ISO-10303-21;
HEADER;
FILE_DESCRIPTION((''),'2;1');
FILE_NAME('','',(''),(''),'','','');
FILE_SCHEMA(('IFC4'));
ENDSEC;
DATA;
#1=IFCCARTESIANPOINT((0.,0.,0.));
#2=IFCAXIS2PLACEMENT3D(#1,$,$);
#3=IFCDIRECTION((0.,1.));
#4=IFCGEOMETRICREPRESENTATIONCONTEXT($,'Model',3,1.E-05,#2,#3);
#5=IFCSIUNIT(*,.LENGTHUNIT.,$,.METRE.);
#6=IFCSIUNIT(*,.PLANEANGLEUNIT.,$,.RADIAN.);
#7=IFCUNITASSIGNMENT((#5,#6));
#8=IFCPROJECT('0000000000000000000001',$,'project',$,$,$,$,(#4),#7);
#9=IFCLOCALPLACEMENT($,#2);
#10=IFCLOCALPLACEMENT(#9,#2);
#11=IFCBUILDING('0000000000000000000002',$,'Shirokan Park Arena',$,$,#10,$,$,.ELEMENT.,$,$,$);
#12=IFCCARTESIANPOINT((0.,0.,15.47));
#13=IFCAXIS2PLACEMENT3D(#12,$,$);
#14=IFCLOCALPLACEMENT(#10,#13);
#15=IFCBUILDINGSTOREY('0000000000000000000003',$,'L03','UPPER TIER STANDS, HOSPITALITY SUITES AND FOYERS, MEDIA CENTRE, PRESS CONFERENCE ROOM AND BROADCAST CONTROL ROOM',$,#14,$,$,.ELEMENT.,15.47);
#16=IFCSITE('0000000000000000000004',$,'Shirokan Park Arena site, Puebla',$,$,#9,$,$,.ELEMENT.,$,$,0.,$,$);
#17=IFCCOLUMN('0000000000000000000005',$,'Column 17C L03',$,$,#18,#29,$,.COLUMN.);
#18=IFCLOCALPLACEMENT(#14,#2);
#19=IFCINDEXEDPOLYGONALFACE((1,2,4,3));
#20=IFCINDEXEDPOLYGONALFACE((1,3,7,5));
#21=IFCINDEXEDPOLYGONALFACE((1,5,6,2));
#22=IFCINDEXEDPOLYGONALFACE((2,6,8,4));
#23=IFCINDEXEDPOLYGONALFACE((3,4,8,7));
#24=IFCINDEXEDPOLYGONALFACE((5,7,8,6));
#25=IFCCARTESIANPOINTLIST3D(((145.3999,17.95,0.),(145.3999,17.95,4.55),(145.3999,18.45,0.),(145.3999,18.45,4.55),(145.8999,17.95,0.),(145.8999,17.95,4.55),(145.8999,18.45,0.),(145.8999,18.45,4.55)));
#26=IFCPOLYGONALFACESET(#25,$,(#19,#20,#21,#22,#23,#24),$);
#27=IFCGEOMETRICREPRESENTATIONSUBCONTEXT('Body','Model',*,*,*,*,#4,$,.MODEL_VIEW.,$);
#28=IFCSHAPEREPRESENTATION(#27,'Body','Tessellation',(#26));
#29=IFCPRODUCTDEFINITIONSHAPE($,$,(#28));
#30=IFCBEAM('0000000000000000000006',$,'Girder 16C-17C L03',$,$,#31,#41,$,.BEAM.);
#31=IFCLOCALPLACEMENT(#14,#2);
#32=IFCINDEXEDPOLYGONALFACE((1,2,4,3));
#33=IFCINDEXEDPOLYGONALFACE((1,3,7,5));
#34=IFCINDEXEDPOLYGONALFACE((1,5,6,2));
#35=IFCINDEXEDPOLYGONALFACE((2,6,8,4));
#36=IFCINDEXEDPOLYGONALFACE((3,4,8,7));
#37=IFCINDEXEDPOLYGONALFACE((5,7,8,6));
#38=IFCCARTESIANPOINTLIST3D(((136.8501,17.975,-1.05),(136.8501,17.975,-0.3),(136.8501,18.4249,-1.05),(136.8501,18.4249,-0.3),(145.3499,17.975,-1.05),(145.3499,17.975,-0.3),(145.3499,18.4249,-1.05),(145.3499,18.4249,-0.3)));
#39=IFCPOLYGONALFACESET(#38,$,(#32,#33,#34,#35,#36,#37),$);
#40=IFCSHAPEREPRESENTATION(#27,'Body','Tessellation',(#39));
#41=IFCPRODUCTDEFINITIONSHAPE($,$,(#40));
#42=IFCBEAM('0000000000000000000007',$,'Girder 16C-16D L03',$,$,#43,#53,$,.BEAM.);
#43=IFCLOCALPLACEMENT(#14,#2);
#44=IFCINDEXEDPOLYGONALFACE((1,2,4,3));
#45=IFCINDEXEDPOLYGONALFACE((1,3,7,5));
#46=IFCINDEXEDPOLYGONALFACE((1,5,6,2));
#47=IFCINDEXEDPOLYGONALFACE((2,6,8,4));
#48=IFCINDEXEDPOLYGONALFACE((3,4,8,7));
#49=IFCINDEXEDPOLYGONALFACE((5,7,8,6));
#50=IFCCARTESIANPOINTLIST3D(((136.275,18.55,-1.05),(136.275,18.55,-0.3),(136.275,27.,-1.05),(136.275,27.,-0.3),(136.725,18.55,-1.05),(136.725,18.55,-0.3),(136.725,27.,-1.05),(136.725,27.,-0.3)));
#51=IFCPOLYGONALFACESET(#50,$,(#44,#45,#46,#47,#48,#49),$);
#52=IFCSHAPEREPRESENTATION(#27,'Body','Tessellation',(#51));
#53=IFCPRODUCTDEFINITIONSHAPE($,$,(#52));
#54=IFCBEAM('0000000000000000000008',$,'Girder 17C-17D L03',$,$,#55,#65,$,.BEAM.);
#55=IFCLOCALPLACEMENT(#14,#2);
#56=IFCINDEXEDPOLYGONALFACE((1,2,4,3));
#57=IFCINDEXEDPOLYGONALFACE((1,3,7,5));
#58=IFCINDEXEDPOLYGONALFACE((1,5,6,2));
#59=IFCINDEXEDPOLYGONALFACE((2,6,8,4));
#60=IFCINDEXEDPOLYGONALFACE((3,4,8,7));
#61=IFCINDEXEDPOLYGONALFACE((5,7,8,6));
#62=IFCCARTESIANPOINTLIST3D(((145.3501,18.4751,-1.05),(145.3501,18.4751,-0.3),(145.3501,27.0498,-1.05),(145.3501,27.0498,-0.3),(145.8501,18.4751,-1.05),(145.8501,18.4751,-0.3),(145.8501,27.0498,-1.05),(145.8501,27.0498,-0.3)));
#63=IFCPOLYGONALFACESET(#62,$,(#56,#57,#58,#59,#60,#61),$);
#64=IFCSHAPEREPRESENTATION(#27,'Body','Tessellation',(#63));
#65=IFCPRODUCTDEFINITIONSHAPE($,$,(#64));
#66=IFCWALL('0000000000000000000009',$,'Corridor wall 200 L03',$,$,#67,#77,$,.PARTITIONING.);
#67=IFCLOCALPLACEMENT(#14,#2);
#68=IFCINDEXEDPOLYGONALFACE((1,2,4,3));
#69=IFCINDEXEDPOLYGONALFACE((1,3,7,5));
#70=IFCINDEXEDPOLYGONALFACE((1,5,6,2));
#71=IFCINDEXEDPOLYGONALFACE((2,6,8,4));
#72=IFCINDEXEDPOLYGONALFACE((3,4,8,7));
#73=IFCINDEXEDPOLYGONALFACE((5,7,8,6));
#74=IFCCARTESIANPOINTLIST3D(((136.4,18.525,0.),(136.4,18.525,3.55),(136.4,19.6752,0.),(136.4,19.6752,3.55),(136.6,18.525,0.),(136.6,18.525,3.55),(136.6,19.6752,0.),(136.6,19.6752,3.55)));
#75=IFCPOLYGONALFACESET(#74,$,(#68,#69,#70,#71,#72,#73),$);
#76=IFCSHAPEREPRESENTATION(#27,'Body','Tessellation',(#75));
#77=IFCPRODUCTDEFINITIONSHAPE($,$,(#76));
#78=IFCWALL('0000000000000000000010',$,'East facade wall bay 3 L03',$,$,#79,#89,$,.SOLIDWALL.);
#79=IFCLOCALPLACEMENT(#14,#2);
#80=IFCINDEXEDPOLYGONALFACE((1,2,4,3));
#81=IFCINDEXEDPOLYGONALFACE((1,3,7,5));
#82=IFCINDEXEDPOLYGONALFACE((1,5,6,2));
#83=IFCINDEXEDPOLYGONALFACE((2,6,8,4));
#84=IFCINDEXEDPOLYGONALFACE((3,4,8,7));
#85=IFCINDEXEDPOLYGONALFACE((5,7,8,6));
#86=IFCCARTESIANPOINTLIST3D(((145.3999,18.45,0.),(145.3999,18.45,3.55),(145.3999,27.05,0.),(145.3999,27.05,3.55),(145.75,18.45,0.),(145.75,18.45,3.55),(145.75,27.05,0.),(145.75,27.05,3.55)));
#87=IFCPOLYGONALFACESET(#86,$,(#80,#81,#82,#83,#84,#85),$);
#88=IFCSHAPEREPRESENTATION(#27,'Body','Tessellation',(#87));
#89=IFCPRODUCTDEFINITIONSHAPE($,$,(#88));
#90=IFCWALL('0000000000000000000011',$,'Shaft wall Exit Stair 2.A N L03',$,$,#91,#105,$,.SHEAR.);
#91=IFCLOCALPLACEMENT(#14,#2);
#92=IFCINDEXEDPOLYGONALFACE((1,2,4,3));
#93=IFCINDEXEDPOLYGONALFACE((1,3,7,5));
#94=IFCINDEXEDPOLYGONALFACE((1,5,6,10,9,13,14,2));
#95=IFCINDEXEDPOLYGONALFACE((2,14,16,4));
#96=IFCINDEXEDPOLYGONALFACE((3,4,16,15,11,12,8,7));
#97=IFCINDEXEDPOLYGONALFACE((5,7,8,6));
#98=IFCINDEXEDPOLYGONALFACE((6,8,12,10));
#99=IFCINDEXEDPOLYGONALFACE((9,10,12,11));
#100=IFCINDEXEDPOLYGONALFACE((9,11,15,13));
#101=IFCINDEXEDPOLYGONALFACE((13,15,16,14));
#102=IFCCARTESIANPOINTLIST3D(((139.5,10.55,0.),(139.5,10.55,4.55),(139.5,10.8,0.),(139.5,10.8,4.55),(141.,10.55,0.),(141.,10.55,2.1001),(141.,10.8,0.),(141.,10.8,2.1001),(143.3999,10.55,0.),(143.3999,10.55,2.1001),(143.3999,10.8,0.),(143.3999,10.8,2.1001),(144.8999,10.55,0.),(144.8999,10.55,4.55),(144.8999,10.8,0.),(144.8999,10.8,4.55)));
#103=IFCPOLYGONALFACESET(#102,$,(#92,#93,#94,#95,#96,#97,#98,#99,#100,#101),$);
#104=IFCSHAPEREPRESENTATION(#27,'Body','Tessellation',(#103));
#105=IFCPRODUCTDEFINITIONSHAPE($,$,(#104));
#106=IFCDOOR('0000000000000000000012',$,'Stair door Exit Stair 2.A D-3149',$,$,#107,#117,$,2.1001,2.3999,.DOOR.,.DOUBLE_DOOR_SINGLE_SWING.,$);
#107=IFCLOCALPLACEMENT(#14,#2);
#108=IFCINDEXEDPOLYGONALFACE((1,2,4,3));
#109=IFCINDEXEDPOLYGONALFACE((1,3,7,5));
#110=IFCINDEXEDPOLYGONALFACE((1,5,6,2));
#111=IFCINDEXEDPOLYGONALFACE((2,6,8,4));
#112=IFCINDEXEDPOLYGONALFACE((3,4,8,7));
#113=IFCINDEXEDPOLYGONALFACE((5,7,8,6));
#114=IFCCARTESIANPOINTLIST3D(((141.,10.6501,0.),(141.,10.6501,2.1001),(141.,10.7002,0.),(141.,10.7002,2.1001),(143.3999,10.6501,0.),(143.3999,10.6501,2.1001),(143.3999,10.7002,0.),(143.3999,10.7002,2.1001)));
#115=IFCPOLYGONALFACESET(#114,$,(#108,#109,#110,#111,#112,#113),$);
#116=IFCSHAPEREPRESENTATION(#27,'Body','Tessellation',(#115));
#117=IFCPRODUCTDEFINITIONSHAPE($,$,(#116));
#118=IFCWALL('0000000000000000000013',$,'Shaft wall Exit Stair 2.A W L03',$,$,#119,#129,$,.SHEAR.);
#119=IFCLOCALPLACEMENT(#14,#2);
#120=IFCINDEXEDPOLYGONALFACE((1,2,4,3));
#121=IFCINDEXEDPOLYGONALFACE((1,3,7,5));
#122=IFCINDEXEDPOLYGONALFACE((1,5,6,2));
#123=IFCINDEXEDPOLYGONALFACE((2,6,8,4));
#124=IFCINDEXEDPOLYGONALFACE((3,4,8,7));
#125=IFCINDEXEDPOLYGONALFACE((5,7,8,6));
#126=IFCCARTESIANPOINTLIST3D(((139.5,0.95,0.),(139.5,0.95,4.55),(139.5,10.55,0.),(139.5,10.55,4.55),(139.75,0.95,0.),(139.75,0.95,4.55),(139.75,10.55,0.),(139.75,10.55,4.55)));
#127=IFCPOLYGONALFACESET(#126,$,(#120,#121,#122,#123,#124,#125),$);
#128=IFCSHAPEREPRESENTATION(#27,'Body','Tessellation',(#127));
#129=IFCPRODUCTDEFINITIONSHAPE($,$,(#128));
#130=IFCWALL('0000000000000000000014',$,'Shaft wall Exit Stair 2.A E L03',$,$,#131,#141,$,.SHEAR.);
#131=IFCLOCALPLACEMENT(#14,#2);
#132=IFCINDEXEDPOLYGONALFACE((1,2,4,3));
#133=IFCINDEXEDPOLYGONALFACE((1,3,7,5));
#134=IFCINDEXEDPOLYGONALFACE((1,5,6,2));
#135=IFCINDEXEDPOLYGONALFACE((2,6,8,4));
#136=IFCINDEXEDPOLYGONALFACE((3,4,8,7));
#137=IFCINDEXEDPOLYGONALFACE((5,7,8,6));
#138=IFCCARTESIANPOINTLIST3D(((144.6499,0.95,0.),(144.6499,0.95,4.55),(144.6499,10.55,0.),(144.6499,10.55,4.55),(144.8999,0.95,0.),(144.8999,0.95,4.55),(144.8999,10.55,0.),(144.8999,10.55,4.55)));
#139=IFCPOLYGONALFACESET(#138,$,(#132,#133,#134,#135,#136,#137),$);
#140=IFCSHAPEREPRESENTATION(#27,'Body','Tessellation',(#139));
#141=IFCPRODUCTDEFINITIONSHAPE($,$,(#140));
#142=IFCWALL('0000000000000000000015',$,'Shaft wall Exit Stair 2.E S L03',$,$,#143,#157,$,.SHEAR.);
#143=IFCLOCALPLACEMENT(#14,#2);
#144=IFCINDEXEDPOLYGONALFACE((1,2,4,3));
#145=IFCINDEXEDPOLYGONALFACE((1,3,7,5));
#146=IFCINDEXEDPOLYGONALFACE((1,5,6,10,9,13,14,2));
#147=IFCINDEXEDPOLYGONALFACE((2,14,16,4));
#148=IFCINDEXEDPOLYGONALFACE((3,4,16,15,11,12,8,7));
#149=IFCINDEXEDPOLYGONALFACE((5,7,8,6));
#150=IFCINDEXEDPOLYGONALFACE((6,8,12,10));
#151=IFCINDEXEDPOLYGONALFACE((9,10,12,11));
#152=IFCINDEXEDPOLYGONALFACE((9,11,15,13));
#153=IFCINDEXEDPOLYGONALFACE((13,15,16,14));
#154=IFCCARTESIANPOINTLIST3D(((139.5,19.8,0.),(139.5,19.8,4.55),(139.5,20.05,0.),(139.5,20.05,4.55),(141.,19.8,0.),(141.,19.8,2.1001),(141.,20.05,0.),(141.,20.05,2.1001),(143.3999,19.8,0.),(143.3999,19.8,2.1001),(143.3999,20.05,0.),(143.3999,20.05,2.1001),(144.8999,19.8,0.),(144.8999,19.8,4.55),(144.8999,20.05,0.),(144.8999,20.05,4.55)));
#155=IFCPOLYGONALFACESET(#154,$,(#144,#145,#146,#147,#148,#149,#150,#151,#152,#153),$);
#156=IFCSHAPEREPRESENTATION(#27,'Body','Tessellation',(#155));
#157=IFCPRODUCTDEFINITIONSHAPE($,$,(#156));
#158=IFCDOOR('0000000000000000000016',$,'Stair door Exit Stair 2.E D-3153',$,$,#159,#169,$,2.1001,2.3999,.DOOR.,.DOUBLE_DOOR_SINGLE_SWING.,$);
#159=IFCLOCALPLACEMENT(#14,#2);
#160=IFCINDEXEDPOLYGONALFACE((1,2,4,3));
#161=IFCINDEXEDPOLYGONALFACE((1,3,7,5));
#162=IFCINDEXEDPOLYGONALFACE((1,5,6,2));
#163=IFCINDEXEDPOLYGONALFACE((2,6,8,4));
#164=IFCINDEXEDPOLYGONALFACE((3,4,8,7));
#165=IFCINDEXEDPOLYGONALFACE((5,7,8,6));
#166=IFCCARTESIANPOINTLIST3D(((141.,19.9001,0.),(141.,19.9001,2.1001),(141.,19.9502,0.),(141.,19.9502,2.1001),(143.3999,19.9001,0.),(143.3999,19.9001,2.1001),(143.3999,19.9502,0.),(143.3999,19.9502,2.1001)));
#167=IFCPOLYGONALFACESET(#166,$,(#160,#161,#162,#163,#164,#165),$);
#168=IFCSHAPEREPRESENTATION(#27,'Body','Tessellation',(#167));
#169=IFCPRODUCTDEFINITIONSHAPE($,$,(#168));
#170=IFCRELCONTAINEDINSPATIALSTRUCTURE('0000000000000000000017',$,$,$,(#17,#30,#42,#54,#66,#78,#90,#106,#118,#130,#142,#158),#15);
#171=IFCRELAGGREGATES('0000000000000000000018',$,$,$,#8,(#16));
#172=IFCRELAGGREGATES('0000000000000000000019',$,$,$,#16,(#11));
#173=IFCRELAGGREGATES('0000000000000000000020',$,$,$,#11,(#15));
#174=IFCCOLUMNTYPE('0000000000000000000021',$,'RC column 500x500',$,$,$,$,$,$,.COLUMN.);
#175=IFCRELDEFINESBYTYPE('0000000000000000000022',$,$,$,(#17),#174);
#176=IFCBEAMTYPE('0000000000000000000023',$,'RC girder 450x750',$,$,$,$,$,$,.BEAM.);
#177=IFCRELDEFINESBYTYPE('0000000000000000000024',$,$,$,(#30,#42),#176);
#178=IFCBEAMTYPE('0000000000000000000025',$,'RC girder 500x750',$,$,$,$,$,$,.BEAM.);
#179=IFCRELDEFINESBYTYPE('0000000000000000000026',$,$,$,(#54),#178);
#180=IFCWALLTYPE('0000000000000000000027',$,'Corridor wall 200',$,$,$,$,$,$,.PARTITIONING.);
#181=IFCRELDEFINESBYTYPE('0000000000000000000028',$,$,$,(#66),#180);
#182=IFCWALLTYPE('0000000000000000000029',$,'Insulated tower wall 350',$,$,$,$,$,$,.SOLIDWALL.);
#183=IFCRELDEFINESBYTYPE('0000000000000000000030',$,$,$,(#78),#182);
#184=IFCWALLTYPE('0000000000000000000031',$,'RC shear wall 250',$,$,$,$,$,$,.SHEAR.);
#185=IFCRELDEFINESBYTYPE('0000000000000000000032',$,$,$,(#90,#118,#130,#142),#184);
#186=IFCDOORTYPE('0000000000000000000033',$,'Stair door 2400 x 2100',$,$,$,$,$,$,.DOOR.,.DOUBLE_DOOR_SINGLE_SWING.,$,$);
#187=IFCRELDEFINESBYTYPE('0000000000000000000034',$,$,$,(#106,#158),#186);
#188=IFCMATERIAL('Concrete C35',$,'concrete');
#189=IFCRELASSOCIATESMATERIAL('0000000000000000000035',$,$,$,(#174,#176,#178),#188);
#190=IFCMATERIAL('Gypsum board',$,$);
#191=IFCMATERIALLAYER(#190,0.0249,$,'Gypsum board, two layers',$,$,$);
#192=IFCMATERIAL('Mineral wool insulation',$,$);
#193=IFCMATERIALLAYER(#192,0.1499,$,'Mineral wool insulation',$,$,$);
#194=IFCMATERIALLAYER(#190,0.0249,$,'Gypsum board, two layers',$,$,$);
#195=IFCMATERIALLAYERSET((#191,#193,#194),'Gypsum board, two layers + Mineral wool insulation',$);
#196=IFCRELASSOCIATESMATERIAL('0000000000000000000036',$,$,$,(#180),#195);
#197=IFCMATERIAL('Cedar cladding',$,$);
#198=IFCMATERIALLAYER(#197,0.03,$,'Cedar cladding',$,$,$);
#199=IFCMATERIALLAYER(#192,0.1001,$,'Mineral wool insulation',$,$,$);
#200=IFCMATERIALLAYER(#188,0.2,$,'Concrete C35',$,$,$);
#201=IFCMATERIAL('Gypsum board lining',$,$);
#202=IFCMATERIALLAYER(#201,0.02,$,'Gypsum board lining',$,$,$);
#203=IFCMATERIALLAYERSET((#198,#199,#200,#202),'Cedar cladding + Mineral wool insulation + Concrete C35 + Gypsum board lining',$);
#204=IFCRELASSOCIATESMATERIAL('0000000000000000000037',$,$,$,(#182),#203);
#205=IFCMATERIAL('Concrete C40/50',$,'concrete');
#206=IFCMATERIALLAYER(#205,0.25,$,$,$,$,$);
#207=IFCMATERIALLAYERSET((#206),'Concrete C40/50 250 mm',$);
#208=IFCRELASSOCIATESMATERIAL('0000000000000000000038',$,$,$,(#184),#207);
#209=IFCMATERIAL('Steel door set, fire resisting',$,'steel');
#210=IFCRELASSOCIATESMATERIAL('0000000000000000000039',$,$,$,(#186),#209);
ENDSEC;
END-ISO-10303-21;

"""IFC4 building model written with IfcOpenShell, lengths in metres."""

from ifc_helpers import new_model, si_unit, direction, frame, frame_2d, origin, origin_2d, place, context, subcontext, project, spatial, rectangle, extrude, material, layer, layer_set, material_profile, profile_set, type_object, element, fill, save


model = new_model("IFC4")

# Units and contexts
model_context = context("Model", 3, precision=1e-05, world=origin(), true_north=direction((0.0, 1.0)))
body_context = subcontext(model_context, "Body", "Model", "MODEL_VIEW")
ifc_project = project(units=[si_unit("LENGTHUNIT", "METRE"), si_unit("PLANEANGLEUNIT", "RADIAN")], contexts=[model_context])

# Site, building, storey
site_placement = place(None, origin())
site = spatial("IfcSite", under=ifc_project, at=site_placement, Name="Shirokan Park Arena site, Puebla", CompositionType="ELEMENT", RefElevation=0.0)
building_placement = place(site_placement, origin())
building = spatial("IfcBuilding", under=site, at=building_placement, Name="Shirokan Park Arena", CompositionType="ELEMENT")
storey_placement = place(building_placement, frame((0.0, 0.0, 15.47)))
storey = spatial("IfcBuildingStorey", under=building, at=storey_placement, Name="L03", Description="UPPER TIER STANDS, HOSPITALITY SUITES AND FOYERS, MEDIA CENTRE, PRESS CONFERENCE ROOM AND BROADCAST CONTROL ROOM", CompositionType="ELEMENT", Elevation=15.47)

# Column
ifc_material_1 = material(Name="Concrete C35", Category="concrete")
ifc_material_profile_1 = material_profile(ifc_material_1, rectangle(XDim=0.5, YDim=0.5, at=origin_2d()), Name="500x500")
ifc_profile_set_1 = profile_set([ifc_material_profile_1], Name="Concrete C35")
column_type = type_object("IfcColumnType", Name="RC column 500x500", PredefinedType="COLUMN", material=ifc_profile_set_1)
column_placement = place(storey_placement, frame((145.6499, 18.2, 0.0), z_axis=(0.0, 0.0, 1.0), x_axis=(1.0, 0.0, 0.0)))
element("IfcColumn", 1, at=column_placement, inside=storey, type_object=column_type, Name="Column 17C L03", PredefinedType="COLUMN", context=body_context, shape_type="SweptSolid", body=[
    extrude(rectangle(XDim=0.5, YDim=0.5, at=origin_2d()), origin(), (0.0, 0.0, 1.0), 4.55),
])

# Beams
ifc_material_profile_2 = material_profile(ifc_material_1, rectangle(XDim=0.45, YDim=0.75, at=origin_2d()), Name="450x750")
ifc_profile_set_2 = profile_set([ifc_material_profile_2], Name="Concrete C35")
beam_type_1 = type_object("IfcBeamType", Name="RC girder 450x750", PredefinedType="BEAM", material=ifc_profile_set_2)
beam_1_placement = place(storey_placement, frame((136.8501, 18.2, -0.675), z_axis=(1.0, 0.0, 0.0), x_axis=(0.0, 1.0, 0.0)))
element("IfcBeam", 2, at=beam_1_placement, inside=storey, type_object=beam_type_1, Name="Girder 16C-17C L03", PredefinedType="BEAM", context=body_context, shape_type="SweptSolid", body=[
    extrude(rectangle(XDim=0.45, YDim=0.75, at=origin_2d()), origin(), (0.0, 0.0, 1.0), 8.4998),
])
beam_2_placement = place(storey_placement, frame((136.5, 18.55, -0.675), z_axis=(0.0, 1.0, 0.0), x_axis=(-1.0, 0.0, 0.0)))
element("IfcBeam", 3, at=beam_2_placement, inside=storey, type_object=beam_type_1, Name="Girder 16C-16D L03", PredefinedType="BEAM", context=body_context, shape_type="SweptSolid", body=[
    extrude(rectangle(XDim=0.45, YDim=0.75, at=origin_2d()), origin(), (0.0, 0.0, 1.0), 8.45),
])
ifc_material_profile_3 = material_profile(ifc_material_1, rectangle(XDim=0.5, YDim=0.75, at=origin_2d()), Name="500x750")
ifc_profile_set_3 = profile_set([ifc_material_profile_3], Name="Concrete C35")
beam_type_2 = type_object("IfcBeamType", Name="RC girder 500x750", PredefinedType="BEAM", material=ifc_profile_set_3)
beam_3_placement = place(storey_placement, frame((145.6001, 18.4751, -0.675), z_axis=(0.0, 1.0, 0.0), x_axis=(-1.0, 0.0, 0.0)))
element("IfcBeam", 4, at=beam_3_placement, inside=storey, type_object=beam_type_2, Name="Girder 17C-17D L03", PredefinedType="BEAM", context=body_context, shape_type="SweptSolid", body=[
    extrude(rectangle(XDim=0.5, YDim=0.75, at=origin_2d()), origin(), (0.0, 0.0, 1.0), 8.5747),
])

# Walls
ifc_material_2 = material(Name="Gypsum board")
ifc_layer_1 = layer(ifc_material_2, 0.0249, Name="Gypsum board, two layers")
ifc_material_3 = material(Name="Mineral wool insulation")
ifc_layer_2 = layer(ifc_material_3, 0.1499, Name="Mineral wool insulation")
ifc_layer_3 = layer(ifc_material_2, 0.0249, Name="Gypsum board, two layers")
ifc_layer_set_1 = layer_set([ifc_layer_1, ifc_layer_2, ifc_layer_3], Name="Gypsum board, two layers + Mineral wool insulation")
wall_type_1 = type_object("IfcWallType", Name="Corridor wall 200", PredefinedType="PARTITIONING", material=ifc_layer_set_1)
wall_1_placement = place(storey_placement, frame((136.5, 18.5249, 0.0), z_axis=(0.0, 0.0, 1.0), x_axis=(0.0, 1.0, 0.0)))
element("IfcWall", 5, at=wall_1_placement, inside=storey, type_object=wall_type_1, Name="Corridor wall 200 L03", PredefinedType="PARTITIONING", context=body_context, shape_type="SweptSolid", body=[
    extrude(rectangle(XDim=1.1501, YDim=0.2, at=frame_2d((0.5752, 0.0))), origin(), (0.0, 0.0, 1.0), 3.55),
])
ifc_material_4 = material(Name="Cedar cladding")
ifc_layer_4 = layer(ifc_material_4, 0.03, Name="Cedar cladding")
ifc_layer_5 = layer(ifc_material_3, 0.1001, Name="Mineral wool insulation")
ifc_layer_6 = layer(ifc_material_1, 0.2, Name="Concrete C35")
ifc_material_5 = material(Name="Gypsum board lining")
ifc_layer_7 = layer(ifc_material_5, 0.02, Name="Gypsum board lining")
ifc_layer_set_2 = layer_set([ifc_layer_4, ifc_layer_5, ifc_layer_6, ifc_layer_7], Name="Cedar cladding + Mineral wool insulation + Concrete C35 + Gypsum board lining")
wall_type_2 = type_object("IfcWallType", Name="Insulated tower wall 350", PredefinedType="SOLIDWALL", material=ifc_layer_set_2)
wall_2_placement = place(storey_placement, frame((145.575, 18.45, 0.0), z_axis=(0.0, 0.0, 1.0), x_axis=(0.0, 1.0, 0.0)))
element("IfcWall", 6, at=wall_2_placement, inside=storey, type_object=wall_type_2, Name="East facade wall bay 3 L03", PredefinedType="SOLIDWALL", context=body_context, shape_type="SweptSolid", body=[
    extrude(rectangle(XDim=8.6001, YDim=0.3501, at=frame_2d((4.3, 0.0))), origin(), (0.0, 0.0, 1.0), 3.55),
])

# Wall, opening, door
ifc_material_6 = material(Name="Concrete C40/50", Category="concrete")
ifc_layer_8 = layer(ifc_material_6, 0.25)
ifc_layer_set_3 = layer_set([ifc_layer_8], Name="Concrete C40/50 250 mm")
wall_type_3 = type_object("IfcWallType", Name="RC shear wall 250", PredefinedType="SHEAR", material=ifc_layer_set_3)
wall_3_placement = place(storey_placement, frame((144.8999, 10.675, 0.0), z_axis=(0.0, 0.0, 1.0), x_axis=(-1.0, 0.0, 0.0)))
wall_3 = element("IfcWall", 7, at=wall_3_placement, inside=storey, type_object=wall_type_3, Name="Shaft wall Exit Stair 2.A N L03", PredefinedType="SHEAR", context=body_context, shape_type="SweptSolid", body=[
    extrude(rectangle(XDim=5.3999, YDim=0.25, at=frame_2d((2.7, 0.0))), origin(), (0.0, 0.0, 1.0), 4.55),
])
opening_1_placement = place(wall_3_placement, frame((1.5, 0.0, 0.0)))
opening_1 = element("IfcOpeningElement", 8, at=opening_1_placement, cuts=wall_3, PredefinedType="OPENING", context=body_context, shape_type="SweptSolid", body=[
    extrude(rectangle(XDim=2.3999, YDim=2.1001, at=frame_2d((1.2, 1.05))), frame((0.0, 0.135, 0.0), z_axis=(0.0, -1.0, 0.0), x_axis=(1.0, 0.0, 0.0)), (0.0, 0.0, 1.0), 0.27),
])
ifc_material_7 = material(Name="Steel door set, fire resisting", Category="steel")
door_type = type_object("IfcDoorType", Name="Stair door 2400 x 2100", OperationType="DOUBLE_DOOR_SINGLE_SWING", PredefinedType="DOOR", material=ifc_material_7)
door_1_placement = place(opening_1_placement, origin())
door_1 = element("IfcDoor", 9, at=door_1_placement, inside=storey, type_object=door_type, Name="Stair door Exit Stair 2.A D-3149", OperationType="DOUBLE_DOOR_SINGLE_SWING", OverallHeight=2.1001, OverallWidth=2.3999, PredefinedType="DOOR", context=body_context, shape_type="SweptSolid", body=[
    extrude(rectangle(XDim=2.3999, YDim=2.1001, at=frame_2d((1.2, 1.05))), frame((0.0, 0.0249, 0.0), z_axis=(0.0, -1.0, 0.0), x_axis=(1.0, 0.0, 0.0)), (0.0, 0.0, 1.0), 0.05),
])
fill(opening_1, door_1)

# Walls
for number, where, z_axis, x_axis, name in (
    (10, (139.625, 10.55, 0.0), (0.0, 0.0, 1.0), (0.0, -1.0, 0.0), "Shaft wall Exit Stair 2.A W L03"),
    (11, (144.7749, 10.55, 0.0), (0.0, 0.0, 1.0), (0.0, -1.0, 0.0), "Shaft wall Exit Stair 2.A E L03"),
):
    element("IfcWall", number, at=place(storey_placement, frame(where, z_axis=z_axis, x_axis=x_axis)), inside=storey, type_object=wall_type_3, Name=name, PredefinedType="SHEAR", context=body_context, shape_type="SweptSolid", body=[
        extrude(rectangle(XDim=9.6001, YDim=0.25, at=frame_2d((4.8, 0.0))), origin(), (0.0, 0.0, 1.0), 4.55),
    ])

# Wall, opening, door
wall_4_placement = place(storey_placement, frame((144.8999, 19.925, 0.0), z_axis=(0.0, 0.0, 1.0), x_axis=(-1.0, 0.0, 0.0)))
wall_4 = element("IfcWall", 12, at=wall_4_placement, inside=storey, type_object=wall_type_3, Name="Shaft wall Exit Stair 2.E S L03", PredefinedType="SHEAR", context=body_context, shape_type="SweptSolid", body=[
    extrude(rectangle(XDim=5.3999, YDim=0.25, at=frame_2d((2.7, 0.0))), origin(), (0.0, 0.0, 1.0), 4.55),
])
opening_2_placement = place(wall_4_placement, frame((1.5, 0.0, 0.0)))
opening_2 = element("IfcOpeningElement", 13, at=opening_2_placement, cuts=wall_4, PredefinedType="OPENING", context=body_context, shape_type="SweptSolid", body=[
    extrude(rectangle(XDim=2.3999, YDim=2.1001, at=frame_2d((1.2, 1.05))), frame((0.0, 0.135, 0.0), z_axis=(0.0, -1.0, 0.0), x_axis=(1.0, 0.0, 0.0)), (0.0, 0.0, 1.0), 0.27),
])
door_2_placement = place(opening_2_placement, origin())
door_2 = element("IfcDoor", 14, at=door_2_placement, inside=storey, type_object=door_type, Name="Stair door Exit Stair 2.E D-3153", OperationType="DOUBLE_DOOR_SINGLE_SWING", OverallHeight=2.1001, OverallWidth=2.3999, PredefinedType="DOOR", context=body_context, shape_type="SweptSolid", body=[
    extrude(rectangle(XDim=2.3999, YDim=2.1001, at=frame_2d((1.2, 1.05))), frame((0.0, 0.0249, 0.0), z_axis=(0.0, -1.0, 0.0), x_axis=(1.0, 0.0, 0.0)), (0.0, 0.0, 1.0), 0.05),
])
fill(opening_2, door_2)

save(model, "model.ifc")
